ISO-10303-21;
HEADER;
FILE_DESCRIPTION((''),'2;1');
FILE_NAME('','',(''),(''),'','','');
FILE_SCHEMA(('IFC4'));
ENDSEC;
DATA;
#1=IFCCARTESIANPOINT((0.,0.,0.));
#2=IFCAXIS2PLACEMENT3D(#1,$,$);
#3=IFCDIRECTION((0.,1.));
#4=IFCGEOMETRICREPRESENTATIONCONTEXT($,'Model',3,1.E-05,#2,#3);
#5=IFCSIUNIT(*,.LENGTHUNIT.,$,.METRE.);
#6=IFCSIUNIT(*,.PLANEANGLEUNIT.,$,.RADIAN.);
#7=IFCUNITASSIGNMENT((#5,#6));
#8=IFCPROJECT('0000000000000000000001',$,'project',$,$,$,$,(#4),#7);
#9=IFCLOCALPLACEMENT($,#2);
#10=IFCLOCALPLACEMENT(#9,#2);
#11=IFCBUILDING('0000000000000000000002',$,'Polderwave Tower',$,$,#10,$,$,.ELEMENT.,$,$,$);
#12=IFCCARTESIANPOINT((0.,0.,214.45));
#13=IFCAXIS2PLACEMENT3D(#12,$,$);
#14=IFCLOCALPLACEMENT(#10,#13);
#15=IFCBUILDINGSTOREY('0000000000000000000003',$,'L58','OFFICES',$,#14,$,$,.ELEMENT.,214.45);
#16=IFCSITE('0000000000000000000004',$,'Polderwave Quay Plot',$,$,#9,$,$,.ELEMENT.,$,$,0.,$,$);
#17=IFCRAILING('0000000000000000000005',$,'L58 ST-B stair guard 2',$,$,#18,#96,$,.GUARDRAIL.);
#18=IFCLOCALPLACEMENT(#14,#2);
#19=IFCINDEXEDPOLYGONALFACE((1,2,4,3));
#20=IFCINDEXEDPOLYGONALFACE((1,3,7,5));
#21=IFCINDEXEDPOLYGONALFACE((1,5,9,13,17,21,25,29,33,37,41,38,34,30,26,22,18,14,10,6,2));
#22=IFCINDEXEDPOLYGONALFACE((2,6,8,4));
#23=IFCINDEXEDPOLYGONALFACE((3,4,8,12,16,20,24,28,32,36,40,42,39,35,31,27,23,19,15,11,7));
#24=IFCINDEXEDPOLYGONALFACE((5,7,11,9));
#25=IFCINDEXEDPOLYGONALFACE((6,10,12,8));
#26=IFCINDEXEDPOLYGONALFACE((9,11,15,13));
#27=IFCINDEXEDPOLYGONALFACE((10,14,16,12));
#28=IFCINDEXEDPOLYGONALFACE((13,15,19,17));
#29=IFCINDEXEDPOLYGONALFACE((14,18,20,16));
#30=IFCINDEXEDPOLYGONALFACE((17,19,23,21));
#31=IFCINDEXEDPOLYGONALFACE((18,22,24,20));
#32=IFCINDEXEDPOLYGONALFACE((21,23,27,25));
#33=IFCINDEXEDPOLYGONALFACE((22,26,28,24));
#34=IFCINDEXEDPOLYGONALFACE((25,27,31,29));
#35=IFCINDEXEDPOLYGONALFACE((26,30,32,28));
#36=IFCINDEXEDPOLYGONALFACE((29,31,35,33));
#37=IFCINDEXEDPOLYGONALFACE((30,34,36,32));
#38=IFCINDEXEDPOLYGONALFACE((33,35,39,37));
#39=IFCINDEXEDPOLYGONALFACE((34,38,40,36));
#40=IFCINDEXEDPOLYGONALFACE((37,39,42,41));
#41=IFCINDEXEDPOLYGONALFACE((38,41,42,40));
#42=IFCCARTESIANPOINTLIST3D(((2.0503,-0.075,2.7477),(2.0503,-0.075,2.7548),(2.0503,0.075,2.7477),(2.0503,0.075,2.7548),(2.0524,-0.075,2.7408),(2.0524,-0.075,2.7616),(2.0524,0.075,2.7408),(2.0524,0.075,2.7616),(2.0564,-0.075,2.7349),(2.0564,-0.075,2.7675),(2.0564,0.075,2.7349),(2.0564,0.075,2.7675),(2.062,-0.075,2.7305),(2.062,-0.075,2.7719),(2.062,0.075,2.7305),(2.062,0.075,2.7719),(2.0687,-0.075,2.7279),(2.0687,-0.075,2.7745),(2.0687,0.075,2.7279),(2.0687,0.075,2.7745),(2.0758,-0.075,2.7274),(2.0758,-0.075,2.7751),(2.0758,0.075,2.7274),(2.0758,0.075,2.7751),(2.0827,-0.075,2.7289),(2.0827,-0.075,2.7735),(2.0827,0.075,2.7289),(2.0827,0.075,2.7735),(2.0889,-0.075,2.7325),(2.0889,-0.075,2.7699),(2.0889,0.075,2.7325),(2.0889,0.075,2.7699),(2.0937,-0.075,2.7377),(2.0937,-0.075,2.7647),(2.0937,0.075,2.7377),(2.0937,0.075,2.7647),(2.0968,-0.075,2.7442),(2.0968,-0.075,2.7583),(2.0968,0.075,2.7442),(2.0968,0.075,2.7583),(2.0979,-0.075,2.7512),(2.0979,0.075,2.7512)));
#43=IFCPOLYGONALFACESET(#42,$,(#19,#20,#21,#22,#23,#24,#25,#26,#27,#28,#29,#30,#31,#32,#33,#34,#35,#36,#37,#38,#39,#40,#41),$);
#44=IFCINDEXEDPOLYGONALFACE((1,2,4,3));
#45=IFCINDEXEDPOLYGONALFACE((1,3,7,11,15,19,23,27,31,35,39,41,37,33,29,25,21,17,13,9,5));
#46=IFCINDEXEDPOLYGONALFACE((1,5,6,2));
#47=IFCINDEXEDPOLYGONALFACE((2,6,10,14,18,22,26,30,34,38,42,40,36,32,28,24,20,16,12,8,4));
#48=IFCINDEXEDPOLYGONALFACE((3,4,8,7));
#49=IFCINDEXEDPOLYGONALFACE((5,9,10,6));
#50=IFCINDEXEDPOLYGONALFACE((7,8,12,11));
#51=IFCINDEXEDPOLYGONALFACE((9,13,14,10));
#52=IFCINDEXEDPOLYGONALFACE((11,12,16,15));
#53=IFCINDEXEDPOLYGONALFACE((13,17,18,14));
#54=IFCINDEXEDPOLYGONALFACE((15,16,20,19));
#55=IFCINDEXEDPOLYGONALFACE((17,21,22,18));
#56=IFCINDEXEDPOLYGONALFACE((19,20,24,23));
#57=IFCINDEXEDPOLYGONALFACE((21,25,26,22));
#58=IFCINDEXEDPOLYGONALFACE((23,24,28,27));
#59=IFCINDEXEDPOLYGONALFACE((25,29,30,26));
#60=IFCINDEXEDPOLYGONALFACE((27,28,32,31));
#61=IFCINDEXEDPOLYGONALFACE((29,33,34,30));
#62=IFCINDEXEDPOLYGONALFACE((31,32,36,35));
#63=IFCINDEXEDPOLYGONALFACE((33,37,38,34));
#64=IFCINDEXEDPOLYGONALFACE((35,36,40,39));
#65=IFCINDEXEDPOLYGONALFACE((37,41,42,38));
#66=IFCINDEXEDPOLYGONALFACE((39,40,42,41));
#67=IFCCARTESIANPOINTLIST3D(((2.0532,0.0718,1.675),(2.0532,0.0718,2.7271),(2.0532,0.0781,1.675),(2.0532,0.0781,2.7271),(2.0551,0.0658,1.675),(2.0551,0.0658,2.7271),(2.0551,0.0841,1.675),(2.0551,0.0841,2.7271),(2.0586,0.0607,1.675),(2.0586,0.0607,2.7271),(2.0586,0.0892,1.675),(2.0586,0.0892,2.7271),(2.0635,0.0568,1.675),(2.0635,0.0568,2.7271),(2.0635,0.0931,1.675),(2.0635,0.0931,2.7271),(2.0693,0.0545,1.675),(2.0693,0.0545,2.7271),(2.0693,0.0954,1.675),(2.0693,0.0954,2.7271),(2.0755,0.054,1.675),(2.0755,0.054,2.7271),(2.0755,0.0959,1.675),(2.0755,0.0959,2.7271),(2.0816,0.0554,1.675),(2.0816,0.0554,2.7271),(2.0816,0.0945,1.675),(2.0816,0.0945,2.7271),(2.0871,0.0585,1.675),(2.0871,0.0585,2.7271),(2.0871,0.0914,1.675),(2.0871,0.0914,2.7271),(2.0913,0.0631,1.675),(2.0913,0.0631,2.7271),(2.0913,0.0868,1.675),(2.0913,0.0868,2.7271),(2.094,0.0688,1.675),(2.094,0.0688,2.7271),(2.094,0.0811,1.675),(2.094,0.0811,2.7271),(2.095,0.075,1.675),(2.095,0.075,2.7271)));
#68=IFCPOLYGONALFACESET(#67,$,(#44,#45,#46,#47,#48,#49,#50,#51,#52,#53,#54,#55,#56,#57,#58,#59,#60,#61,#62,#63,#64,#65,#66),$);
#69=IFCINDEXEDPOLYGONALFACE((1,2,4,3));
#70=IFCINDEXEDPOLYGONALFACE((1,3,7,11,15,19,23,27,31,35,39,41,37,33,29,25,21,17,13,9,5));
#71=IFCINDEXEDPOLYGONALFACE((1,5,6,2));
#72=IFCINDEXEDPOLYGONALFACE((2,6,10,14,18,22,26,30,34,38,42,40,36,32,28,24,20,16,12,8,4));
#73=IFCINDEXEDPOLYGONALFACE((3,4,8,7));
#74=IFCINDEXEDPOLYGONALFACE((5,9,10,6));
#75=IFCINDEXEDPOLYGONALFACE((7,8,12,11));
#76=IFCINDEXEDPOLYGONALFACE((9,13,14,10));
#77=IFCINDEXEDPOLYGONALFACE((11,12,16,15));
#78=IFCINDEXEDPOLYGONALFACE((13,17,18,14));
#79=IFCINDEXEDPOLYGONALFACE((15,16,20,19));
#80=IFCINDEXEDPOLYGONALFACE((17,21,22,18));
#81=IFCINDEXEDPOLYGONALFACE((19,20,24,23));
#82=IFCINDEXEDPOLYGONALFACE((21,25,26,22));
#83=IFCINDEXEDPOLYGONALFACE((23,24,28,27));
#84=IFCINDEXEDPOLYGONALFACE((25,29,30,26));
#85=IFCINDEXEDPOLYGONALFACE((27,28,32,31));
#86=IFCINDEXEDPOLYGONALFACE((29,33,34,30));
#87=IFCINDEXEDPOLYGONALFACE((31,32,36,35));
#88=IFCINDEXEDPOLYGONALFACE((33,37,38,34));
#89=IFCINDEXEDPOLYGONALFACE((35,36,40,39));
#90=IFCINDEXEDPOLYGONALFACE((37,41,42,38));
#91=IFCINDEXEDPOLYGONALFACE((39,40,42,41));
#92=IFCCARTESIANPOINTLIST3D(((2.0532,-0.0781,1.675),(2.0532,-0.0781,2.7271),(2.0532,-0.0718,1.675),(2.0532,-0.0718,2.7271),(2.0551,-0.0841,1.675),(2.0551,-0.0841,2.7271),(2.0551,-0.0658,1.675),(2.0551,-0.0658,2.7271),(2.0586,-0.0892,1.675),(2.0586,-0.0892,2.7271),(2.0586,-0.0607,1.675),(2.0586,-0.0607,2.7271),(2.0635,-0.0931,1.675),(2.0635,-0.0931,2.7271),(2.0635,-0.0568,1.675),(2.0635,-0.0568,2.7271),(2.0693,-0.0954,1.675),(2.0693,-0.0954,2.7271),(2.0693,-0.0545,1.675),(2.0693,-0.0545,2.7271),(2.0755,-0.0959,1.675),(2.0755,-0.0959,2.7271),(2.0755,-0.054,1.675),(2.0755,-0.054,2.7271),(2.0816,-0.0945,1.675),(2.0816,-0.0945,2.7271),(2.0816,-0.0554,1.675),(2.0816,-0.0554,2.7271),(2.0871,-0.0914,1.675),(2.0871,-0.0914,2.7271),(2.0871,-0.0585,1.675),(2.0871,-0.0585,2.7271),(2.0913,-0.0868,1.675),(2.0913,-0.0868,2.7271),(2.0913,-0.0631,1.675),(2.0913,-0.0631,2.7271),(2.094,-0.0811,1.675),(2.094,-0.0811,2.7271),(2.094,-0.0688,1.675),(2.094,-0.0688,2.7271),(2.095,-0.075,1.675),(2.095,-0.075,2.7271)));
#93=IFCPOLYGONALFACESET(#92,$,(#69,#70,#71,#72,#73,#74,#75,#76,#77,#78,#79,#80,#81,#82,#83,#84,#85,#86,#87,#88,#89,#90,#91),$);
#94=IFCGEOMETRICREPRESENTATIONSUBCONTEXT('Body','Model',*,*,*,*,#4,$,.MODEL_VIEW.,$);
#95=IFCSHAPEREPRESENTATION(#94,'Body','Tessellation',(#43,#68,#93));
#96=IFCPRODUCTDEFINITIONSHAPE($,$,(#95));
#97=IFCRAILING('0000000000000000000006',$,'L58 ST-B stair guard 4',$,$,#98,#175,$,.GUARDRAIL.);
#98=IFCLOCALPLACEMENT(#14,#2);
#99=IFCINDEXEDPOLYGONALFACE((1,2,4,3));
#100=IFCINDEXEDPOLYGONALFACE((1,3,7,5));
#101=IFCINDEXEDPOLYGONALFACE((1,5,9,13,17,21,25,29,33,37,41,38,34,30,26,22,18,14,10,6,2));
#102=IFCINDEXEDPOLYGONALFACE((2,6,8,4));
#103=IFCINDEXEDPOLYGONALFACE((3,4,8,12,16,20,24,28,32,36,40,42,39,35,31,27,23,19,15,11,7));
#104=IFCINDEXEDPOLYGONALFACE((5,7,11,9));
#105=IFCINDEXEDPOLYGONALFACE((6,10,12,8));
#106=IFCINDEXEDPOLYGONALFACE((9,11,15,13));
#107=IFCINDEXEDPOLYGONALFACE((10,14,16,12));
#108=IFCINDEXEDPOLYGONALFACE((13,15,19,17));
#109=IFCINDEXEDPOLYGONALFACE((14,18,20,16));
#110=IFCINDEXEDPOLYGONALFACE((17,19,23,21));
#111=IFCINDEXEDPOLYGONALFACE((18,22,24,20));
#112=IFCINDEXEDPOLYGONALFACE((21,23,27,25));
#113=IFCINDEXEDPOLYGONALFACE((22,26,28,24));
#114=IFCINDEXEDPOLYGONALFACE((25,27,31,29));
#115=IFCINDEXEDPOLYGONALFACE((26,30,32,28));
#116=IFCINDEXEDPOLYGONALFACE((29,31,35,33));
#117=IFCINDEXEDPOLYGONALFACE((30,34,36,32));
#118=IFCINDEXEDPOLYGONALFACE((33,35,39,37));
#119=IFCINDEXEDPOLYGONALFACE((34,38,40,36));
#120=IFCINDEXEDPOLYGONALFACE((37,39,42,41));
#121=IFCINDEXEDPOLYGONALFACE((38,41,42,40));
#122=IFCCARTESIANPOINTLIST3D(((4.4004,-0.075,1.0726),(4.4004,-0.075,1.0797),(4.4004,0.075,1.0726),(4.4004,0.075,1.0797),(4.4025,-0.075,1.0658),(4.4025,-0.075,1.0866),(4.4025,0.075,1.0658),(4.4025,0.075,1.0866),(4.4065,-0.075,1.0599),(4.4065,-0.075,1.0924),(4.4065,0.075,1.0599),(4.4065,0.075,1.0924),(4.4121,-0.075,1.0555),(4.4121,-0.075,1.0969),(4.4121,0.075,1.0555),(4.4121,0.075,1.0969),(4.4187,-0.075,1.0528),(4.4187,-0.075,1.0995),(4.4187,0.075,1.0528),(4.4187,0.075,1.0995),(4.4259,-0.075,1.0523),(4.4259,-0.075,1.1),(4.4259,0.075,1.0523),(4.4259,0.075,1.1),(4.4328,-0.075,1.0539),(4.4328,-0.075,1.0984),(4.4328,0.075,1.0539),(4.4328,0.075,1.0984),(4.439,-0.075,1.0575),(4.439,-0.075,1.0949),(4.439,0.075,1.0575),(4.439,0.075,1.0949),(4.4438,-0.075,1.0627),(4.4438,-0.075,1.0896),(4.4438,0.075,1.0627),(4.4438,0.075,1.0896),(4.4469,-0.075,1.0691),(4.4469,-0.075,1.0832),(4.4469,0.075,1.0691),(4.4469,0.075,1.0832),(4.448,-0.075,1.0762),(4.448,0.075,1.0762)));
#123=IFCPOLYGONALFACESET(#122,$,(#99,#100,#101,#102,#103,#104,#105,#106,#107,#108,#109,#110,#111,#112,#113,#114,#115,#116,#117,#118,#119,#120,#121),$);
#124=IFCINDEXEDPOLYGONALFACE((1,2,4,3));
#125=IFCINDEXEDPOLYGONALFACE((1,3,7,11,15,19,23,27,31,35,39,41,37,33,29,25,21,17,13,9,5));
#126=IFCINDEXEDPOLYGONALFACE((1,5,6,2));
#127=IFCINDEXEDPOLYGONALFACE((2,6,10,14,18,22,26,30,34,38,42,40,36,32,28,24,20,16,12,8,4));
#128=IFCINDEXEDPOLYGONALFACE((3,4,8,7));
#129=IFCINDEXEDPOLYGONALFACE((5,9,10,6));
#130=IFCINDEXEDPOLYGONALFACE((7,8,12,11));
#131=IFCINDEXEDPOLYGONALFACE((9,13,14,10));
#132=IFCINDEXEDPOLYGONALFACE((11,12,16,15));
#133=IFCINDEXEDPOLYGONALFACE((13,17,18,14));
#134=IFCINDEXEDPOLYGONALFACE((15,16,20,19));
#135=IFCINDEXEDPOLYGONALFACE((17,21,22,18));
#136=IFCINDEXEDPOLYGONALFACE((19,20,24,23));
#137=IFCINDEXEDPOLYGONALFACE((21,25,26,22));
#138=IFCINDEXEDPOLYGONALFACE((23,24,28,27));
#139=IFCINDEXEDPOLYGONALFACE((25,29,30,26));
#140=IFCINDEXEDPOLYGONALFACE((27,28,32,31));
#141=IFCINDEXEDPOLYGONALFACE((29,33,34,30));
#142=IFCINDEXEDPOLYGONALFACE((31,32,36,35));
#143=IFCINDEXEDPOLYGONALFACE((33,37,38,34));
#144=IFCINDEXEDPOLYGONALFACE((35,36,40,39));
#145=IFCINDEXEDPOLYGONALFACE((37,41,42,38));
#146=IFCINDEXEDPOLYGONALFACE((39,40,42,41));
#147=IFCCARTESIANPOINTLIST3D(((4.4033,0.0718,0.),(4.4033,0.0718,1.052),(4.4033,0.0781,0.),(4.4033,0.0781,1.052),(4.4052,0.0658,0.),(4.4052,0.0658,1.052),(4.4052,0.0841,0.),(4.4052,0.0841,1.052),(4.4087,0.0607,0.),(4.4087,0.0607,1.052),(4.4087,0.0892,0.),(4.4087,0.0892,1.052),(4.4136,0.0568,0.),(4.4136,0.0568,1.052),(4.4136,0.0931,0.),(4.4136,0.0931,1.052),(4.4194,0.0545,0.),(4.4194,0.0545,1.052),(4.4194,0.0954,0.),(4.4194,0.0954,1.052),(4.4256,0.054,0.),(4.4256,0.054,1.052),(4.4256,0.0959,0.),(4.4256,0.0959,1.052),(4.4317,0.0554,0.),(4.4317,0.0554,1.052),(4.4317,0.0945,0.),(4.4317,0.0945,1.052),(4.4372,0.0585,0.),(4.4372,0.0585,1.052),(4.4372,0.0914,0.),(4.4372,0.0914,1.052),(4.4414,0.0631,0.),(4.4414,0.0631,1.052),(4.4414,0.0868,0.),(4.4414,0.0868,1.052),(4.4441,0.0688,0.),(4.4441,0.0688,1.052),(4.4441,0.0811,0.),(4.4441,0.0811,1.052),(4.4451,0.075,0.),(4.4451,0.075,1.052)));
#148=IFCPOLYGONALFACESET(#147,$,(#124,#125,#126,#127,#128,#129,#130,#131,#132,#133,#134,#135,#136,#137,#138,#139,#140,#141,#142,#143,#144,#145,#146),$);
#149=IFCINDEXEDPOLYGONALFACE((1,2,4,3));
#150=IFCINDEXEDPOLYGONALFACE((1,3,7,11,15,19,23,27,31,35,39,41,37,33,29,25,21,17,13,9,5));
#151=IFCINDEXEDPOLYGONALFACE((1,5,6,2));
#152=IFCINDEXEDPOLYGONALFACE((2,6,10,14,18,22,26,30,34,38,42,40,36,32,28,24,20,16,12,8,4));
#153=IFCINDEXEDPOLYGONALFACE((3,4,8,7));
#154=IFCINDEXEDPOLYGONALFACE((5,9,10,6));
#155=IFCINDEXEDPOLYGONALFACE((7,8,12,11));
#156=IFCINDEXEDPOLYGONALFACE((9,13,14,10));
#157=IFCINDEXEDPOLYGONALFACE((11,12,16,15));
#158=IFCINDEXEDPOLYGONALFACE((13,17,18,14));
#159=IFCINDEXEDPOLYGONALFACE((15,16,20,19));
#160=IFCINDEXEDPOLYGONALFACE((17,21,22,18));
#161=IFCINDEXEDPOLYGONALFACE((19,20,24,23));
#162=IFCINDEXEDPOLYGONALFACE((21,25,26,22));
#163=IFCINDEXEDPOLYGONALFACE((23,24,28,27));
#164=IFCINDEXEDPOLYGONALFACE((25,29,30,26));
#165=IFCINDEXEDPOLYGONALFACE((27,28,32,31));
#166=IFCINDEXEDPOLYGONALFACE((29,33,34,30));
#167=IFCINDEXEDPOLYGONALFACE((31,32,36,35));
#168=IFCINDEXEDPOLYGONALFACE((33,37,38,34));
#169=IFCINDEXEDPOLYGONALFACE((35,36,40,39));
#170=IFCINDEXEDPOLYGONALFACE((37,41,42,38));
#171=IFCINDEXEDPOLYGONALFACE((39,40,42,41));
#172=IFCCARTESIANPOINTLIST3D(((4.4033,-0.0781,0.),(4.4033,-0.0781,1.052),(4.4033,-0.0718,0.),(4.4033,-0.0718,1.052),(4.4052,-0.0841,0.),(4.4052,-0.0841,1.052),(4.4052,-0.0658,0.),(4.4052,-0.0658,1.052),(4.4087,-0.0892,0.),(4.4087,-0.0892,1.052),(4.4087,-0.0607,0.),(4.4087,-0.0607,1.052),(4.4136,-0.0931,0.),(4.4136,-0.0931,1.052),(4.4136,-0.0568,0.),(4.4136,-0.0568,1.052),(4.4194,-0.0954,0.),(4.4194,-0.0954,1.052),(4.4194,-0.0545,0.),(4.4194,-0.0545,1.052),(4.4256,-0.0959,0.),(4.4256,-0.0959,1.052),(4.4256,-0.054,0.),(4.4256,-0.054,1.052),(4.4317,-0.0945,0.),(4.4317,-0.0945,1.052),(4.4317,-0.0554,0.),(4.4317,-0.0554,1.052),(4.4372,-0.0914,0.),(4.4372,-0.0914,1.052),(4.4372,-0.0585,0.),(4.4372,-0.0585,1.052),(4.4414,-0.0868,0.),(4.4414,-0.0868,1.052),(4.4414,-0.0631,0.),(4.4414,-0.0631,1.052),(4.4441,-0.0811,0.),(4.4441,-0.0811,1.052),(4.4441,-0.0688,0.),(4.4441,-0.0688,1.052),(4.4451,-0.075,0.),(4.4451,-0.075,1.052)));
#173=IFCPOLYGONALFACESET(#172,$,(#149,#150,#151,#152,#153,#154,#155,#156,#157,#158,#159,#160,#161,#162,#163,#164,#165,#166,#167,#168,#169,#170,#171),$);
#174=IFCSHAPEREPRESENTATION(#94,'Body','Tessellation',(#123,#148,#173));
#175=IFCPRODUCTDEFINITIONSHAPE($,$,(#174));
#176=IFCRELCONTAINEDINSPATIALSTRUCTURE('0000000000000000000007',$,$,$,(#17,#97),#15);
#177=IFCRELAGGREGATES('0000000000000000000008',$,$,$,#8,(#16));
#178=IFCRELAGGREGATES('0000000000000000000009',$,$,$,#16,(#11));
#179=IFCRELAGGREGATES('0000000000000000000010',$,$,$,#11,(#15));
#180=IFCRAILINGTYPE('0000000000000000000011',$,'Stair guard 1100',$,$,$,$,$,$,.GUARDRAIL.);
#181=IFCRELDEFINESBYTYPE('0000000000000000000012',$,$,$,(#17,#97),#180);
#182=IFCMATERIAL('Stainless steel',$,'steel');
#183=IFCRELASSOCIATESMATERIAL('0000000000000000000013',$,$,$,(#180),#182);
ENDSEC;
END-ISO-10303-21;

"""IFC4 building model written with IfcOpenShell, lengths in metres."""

from ifc_helpers import new_model, si_unit, direction, frame, origin, origin_2d, place, context, subcontext, project, spatial, circle, extrude, material, type_object, element, save


model = new_model("IFC4")

# Units and contexts
model_context = context("Model", 3, precision=1e-05, world=origin(), true_north=direction((0.0, 1.0)))
body_context = subcontext(model_context, "Body", "Model", "MODEL_VIEW")
ifc_project = project(units=[si_unit("LENGTHUNIT", "METRE"), si_unit("PLANEANGLEUNIT", "RADIAN")], contexts=[model_context])

# Site, building, storey
site_placement = place(None, origin())
site = spatial("IfcSite", under=ifc_project, at=site_placement, Name="Polderwave Quay Plot", CompositionType="ELEMENT", RefElevation=0.0)
building_placement = place(site_placement, origin())
building = spatial("IfcBuilding", under=site, at=building_placement, Name="Polderwave Tower", CompositionType="ELEMENT")
storey_placement = place(building_placement, frame((0.0, 0.0, 214.45)))
storey = spatial("IfcBuildingStorey", under=building, at=storey_placement, Name="L58", Description="OFFICES", CompositionType="ELEMENT", Elevation=214.45)

# Railings
ifc_material_1 = material(Name="Stainless steel", Category="steel")
railing_type_1 = type_object("IfcRailingType", Name="Stair guard 1100", PredefinedType="GUARDRAIL", material=ifc_material_1)
for number, where, name in (
    (1, (2.074, 0.075, 1.675), "L58 ST-B stair guard 2"),
    (2, (4.4241, 0.075, 0.0), "L58 ST-B stair guard 4"),
):
    element("IfcRailing", number, at=place(storey_placement, frame(where)), inside=storey, type_object=railing_type_1, Name=name, PredefinedType="GUARDRAIL", context=body_context, shape_type="SweptSolid", body=[
        extrude(circle(Radius=0.0239, at=origin_2d()), frame((0.0, 0.0, 1.0762), z_axis=(0.0, -1.0, 0.0), x_axis=(1.0, 0.0, 0.0)), (0.0, 0.0, 1.0), 0.1499),
        extrude(circle(Radius=0.021, at=origin_2d()), origin(), (0.0, 0.0, 1.0), 1.052),
        extrude(circle(Radius=0.021, at=origin_2d()), frame((0.0, -0.1499, 0.0)), (0.0, 0.0, 1.0), 1.052),
    ])

save(model, "model.ifc")
